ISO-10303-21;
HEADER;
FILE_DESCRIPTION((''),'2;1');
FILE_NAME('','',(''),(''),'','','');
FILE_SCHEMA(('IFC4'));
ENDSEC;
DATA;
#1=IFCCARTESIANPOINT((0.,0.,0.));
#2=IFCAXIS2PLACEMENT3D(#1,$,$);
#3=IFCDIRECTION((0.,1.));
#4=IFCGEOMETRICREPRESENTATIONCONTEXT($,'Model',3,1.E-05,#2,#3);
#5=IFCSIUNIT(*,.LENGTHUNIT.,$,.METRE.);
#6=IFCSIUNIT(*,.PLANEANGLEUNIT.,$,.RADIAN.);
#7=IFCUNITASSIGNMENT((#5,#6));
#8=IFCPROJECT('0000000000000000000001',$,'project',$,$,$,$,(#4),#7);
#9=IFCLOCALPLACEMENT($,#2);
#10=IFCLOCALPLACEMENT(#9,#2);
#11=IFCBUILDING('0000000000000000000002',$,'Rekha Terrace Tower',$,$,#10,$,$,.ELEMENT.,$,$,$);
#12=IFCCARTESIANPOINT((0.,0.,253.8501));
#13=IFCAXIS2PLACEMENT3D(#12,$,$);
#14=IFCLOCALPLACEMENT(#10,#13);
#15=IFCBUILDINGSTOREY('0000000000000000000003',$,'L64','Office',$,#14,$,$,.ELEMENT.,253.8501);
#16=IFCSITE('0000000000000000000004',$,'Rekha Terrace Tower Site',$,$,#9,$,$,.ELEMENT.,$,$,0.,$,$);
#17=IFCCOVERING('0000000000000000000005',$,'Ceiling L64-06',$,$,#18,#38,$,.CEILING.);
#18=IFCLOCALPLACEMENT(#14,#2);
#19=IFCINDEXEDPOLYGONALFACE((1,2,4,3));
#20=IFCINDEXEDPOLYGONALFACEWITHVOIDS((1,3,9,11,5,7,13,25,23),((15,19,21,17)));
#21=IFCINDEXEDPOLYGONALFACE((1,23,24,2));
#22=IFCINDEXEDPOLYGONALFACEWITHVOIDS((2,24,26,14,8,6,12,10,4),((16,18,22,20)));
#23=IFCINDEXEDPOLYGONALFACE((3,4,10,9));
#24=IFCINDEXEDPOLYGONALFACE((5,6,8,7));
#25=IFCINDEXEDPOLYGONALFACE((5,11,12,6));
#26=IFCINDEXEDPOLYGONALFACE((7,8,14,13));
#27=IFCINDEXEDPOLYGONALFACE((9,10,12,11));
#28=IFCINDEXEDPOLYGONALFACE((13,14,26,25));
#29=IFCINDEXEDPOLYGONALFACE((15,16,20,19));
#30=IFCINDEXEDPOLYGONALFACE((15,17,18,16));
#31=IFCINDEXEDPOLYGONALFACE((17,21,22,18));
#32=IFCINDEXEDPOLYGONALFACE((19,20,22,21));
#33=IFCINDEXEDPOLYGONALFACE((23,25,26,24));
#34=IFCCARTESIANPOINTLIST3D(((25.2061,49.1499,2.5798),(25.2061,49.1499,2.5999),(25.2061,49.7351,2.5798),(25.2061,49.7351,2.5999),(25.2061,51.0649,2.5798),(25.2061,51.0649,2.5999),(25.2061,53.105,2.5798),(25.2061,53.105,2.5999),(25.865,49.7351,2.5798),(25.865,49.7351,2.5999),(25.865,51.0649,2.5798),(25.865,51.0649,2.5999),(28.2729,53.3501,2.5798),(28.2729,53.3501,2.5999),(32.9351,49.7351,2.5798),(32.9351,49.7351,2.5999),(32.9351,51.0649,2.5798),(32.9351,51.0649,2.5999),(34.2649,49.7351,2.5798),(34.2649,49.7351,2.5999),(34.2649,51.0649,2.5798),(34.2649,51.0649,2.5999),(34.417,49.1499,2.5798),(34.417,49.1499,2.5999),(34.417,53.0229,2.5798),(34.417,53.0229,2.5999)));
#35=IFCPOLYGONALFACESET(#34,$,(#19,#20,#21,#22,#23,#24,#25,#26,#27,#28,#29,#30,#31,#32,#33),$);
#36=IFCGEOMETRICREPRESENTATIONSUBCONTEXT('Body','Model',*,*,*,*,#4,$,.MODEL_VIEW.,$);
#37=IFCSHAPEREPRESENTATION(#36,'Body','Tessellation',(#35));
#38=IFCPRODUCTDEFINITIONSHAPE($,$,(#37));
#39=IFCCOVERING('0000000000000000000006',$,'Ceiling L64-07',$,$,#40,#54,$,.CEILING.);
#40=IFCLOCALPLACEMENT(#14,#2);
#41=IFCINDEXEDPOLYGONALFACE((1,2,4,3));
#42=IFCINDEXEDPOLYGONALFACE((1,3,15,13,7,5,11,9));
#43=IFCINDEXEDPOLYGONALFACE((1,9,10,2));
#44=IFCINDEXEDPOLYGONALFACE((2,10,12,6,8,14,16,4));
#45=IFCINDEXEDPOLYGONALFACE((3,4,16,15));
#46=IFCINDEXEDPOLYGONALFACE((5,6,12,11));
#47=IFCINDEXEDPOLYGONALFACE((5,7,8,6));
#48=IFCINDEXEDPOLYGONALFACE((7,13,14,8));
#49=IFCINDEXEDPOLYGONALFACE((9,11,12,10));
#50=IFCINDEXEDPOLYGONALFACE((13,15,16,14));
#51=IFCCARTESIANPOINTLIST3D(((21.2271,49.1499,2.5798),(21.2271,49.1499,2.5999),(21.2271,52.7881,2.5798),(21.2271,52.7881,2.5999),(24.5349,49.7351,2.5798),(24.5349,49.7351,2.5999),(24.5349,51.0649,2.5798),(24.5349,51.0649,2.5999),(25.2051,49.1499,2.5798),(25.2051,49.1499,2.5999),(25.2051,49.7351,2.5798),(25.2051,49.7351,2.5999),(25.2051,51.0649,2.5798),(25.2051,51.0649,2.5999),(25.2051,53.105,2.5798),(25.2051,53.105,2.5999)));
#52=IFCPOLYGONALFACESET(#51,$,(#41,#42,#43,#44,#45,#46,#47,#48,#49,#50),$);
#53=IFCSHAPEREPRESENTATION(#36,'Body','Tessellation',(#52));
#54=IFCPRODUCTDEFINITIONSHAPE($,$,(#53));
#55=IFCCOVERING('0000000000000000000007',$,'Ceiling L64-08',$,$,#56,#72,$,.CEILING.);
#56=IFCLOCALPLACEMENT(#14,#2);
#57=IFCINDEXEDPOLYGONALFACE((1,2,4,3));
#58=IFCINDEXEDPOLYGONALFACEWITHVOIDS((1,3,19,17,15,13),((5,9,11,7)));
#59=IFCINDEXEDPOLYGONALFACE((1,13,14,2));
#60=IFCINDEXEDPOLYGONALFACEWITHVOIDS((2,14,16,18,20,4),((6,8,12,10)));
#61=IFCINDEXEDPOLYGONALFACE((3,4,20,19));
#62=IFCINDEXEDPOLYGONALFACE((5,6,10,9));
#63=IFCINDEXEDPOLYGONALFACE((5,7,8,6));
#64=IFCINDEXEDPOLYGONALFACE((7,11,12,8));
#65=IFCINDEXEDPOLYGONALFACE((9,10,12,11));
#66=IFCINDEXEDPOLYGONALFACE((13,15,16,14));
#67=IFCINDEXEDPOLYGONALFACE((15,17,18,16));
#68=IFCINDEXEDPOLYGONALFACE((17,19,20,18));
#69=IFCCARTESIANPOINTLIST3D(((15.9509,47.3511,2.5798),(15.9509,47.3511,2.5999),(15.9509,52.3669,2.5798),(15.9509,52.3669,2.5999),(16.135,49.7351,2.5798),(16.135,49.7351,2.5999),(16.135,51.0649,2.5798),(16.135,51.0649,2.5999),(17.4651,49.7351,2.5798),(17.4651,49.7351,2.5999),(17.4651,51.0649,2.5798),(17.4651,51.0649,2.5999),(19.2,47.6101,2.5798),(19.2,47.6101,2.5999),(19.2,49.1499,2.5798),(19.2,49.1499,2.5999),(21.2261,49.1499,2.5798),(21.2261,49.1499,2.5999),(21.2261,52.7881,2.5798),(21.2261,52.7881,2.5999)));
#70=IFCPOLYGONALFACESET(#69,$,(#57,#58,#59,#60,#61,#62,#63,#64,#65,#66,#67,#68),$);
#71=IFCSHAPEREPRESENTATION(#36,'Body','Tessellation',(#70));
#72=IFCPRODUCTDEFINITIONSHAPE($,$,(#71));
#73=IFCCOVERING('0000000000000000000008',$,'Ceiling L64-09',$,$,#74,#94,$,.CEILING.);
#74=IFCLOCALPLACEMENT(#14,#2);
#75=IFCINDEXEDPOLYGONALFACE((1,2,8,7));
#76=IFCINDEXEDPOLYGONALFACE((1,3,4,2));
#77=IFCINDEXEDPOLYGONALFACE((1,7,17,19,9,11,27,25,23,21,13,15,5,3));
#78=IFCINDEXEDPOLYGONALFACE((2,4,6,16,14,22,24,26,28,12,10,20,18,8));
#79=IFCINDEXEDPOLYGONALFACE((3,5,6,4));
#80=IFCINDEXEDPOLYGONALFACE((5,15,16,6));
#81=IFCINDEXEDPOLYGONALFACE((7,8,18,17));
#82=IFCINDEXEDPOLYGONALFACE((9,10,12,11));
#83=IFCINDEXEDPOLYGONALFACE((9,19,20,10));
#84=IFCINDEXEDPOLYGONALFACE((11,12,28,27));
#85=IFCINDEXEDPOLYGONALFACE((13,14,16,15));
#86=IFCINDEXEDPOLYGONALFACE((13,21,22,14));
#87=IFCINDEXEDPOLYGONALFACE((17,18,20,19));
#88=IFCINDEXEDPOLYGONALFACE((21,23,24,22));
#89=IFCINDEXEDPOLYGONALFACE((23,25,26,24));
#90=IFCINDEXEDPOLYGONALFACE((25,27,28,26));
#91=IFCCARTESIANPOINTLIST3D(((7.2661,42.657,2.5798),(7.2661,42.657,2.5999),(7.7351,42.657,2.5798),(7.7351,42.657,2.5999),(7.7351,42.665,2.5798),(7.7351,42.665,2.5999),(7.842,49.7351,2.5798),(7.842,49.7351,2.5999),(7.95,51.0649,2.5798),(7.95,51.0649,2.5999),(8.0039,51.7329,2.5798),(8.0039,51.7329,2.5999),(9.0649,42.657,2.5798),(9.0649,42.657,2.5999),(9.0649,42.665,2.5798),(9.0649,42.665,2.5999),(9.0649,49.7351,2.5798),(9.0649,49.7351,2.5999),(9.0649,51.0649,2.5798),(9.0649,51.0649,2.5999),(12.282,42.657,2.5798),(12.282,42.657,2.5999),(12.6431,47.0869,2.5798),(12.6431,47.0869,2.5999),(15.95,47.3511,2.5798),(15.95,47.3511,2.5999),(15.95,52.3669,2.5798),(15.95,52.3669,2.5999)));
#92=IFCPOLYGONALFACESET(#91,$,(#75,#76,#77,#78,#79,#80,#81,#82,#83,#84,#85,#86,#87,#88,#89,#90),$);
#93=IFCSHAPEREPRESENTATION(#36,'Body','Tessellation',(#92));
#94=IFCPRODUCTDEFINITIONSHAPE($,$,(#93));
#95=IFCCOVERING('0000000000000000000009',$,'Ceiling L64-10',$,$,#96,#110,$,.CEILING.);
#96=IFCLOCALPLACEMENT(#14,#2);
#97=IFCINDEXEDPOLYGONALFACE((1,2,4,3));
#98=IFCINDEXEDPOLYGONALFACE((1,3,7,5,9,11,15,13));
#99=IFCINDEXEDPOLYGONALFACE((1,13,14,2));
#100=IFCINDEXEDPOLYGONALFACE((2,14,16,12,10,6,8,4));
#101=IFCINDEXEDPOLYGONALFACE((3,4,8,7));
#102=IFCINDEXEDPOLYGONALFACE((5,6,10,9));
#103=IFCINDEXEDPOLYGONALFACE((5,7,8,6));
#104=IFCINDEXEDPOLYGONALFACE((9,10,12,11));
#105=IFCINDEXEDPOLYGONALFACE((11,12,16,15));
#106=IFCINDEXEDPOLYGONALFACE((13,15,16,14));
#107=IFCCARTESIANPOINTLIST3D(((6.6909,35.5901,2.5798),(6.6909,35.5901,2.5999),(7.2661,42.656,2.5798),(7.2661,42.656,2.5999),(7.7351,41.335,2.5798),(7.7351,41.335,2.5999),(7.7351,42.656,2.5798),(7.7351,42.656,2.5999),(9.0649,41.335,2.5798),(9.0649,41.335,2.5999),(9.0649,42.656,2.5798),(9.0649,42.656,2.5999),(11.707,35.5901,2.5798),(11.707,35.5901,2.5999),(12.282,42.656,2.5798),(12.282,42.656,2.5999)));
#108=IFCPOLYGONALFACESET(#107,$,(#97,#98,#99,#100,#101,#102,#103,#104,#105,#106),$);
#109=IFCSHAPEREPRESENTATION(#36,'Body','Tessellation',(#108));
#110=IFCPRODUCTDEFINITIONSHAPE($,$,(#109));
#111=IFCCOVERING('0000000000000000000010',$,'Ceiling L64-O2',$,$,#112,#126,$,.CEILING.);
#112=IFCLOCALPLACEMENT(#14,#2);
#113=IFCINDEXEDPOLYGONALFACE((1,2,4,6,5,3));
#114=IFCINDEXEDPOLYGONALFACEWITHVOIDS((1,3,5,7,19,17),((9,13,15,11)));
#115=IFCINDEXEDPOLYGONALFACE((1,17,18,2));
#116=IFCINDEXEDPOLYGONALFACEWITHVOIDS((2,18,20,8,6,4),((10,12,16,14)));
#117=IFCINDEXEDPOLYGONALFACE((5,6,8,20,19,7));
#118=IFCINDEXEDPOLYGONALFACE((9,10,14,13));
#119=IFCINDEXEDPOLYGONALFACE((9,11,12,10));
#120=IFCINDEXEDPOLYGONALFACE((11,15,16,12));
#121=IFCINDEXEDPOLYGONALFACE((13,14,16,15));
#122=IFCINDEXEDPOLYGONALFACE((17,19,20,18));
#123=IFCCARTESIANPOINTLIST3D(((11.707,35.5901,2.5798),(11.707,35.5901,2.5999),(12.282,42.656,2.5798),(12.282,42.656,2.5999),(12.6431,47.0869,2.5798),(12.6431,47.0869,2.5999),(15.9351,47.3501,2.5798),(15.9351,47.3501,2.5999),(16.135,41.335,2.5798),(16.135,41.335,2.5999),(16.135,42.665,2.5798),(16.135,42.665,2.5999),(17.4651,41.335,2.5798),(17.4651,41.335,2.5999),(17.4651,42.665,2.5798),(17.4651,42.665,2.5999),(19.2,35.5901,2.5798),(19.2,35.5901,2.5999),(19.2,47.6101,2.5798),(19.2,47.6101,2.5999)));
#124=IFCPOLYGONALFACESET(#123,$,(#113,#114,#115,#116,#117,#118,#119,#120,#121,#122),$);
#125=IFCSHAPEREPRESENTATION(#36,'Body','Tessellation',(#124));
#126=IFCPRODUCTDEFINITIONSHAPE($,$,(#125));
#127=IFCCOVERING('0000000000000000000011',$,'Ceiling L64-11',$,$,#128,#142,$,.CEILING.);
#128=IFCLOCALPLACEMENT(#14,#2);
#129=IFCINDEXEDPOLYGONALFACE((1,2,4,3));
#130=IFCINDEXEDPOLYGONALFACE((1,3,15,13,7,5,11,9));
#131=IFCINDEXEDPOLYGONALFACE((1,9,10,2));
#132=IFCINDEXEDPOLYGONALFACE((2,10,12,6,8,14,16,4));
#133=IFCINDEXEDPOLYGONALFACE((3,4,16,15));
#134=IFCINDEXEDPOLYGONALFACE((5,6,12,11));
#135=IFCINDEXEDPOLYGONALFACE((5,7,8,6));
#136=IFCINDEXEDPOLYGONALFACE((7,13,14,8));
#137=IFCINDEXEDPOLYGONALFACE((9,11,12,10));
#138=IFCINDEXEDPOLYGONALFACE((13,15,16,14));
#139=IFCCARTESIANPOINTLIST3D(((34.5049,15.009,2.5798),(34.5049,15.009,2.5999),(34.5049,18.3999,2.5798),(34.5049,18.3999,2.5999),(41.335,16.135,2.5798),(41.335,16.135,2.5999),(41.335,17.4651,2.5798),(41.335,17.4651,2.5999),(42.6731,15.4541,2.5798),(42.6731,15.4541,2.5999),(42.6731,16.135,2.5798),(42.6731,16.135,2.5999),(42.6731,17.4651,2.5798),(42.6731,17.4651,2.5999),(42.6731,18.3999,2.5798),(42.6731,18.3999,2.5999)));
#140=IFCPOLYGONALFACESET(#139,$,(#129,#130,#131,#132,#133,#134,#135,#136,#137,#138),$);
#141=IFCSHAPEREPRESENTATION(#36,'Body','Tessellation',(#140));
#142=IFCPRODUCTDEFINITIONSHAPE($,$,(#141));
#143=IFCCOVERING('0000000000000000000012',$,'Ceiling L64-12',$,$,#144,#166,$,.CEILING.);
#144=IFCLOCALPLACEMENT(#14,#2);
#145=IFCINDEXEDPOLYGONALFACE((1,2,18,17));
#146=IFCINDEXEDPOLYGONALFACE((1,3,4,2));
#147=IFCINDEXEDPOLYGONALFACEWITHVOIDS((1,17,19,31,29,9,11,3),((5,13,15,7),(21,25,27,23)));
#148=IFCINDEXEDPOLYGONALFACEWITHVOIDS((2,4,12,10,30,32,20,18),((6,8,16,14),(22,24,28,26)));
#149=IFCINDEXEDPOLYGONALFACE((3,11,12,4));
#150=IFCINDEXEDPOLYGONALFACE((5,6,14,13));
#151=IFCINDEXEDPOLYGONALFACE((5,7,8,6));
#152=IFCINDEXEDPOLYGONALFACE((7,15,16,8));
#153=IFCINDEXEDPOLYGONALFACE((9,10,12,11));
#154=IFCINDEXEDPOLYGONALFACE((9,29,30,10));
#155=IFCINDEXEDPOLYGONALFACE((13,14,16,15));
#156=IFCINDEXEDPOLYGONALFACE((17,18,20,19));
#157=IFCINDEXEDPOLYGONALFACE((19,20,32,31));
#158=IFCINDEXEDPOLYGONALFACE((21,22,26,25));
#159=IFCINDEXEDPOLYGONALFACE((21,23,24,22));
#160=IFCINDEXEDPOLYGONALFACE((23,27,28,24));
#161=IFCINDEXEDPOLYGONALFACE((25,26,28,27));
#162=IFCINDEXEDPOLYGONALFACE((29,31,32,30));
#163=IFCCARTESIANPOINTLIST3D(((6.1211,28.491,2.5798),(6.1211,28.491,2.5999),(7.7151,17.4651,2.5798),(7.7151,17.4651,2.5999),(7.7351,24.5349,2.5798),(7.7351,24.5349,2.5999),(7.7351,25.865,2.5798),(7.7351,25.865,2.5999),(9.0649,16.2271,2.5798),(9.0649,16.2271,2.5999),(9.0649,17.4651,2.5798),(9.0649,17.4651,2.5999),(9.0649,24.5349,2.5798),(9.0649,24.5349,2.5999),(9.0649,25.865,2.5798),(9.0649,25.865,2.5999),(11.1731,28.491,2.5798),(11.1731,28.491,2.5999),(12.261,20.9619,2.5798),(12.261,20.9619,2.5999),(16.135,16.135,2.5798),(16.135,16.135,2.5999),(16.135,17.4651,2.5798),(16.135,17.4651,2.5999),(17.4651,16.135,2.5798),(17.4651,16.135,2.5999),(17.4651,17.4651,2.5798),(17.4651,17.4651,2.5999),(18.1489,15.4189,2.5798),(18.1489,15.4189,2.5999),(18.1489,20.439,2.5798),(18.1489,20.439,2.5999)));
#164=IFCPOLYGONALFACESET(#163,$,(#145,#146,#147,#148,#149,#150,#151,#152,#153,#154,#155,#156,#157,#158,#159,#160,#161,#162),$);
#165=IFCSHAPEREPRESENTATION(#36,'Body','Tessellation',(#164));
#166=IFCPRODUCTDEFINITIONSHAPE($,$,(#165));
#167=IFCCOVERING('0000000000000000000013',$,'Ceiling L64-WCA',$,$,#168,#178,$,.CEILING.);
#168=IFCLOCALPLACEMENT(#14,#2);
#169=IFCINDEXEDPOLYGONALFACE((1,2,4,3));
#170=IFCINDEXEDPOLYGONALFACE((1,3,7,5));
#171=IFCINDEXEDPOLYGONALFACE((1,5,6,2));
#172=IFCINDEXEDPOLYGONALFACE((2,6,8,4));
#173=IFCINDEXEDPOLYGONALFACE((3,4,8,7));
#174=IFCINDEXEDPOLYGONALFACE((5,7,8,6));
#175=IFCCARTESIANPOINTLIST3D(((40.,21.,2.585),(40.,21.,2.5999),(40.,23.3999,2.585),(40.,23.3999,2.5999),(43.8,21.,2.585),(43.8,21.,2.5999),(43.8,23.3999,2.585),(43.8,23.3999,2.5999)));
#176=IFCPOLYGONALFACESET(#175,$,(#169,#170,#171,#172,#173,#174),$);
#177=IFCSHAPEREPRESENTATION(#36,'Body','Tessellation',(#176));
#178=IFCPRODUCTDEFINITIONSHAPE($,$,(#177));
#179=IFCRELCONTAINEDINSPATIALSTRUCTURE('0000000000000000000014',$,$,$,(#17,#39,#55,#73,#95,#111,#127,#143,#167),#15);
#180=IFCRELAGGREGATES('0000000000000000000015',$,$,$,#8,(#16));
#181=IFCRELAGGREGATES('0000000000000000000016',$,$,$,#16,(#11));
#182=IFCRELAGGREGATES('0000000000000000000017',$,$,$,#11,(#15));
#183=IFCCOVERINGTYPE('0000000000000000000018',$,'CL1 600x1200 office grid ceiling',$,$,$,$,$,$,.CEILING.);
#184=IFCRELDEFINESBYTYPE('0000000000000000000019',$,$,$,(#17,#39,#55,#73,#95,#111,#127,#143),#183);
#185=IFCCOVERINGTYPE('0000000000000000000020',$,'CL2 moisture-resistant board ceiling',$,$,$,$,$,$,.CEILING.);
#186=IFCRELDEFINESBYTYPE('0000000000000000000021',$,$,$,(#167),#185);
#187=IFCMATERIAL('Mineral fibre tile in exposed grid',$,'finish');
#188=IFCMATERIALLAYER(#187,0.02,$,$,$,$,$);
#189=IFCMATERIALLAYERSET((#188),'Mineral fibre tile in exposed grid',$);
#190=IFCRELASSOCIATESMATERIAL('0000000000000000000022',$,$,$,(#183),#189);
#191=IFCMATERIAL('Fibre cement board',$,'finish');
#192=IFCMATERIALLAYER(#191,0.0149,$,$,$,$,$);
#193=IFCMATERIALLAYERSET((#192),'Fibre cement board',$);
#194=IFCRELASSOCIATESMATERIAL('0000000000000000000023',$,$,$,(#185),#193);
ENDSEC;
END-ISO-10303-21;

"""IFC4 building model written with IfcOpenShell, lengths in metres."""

from ifc_helpers import new_model, si_unit, direction, frame, origin, place, context, subcontext, project, spatial, polyline, outline, extrude, material, layer, layer_set, type_object, element, save


model = new_model("IFC4")

# Units and contexts
model_context = context("Model", 3, precision=1e-05, world=origin(), true_north=direction((0.0, 1.0)))
body_context = subcontext(model_context, "Body", "Model", "MODEL_VIEW")
ifc_project = project(units=[si_unit("LENGTHUNIT", "METRE"), si_unit("PLANEANGLEUNIT", "RADIAN")], contexts=[model_context])

# Site, building, storey
site_placement = place(None, origin())
site = spatial("IfcSite", under=ifc_project, at=site_placement, Name="Rekha Terrace Tower Site", CompositionType="ELEMENT", RefElevation=0.0)
building_placement = place(site_placement, origin())
building = spatial("IfcBuilding", under=site, at=building_placement, Name="Rekha Terrace Tower", CompositionType="ELEMENT")
storey_placement = place(building_placement, frame((0.0, 0.0, 253.8501)))
storey = spatial("IfcBuildingStorey", under=building, at=storey_placement, Name="L64", Description="Office", CompositionType="ELEMENT", Elevation=253.8501)

# Coverings
ifc_material_1 = material(Name="Mineral fibre tile in exposed grid", Category="finish")
ifc_layer_1 = layer(ifc_material_1, 0.02)
ifc_layer_set_1 = layer_set([ifc_layer_1], Name="Mineral fibre tile in exposed grid")
covering_type_1 = type_object("IfcCoveringType", Name="CL1 600x1200 office grid ceiling", PredefinedType="CEILING", material=ifc_layer_set_1)
covering_1_placement = place(storey_placement, frame((0.0, 0.0, 2.5798)))
element("IfcCovering", 1, at=covering_1_placement, inside=storey, type_object=covering_type_1, Name="Ceiling L64-06", PredefinedType="CEILING", context=body_context, shape_type="SweptSolid", body=[
    extrude(outline(polyline([(34.417, 53.0229), (28.2729, 53.3501), (25.2061, 53.105), (25.2061, 51.0649), (25.865, 51.0649), (25.865, 49.7351), (25.2061, 49.7351), (25.2061, 49.1499), (34.417, 49.1499), (34.417, 53.0229)]), holes=[polyline([(34.2649, 49.7351), (32.9351, 49.7351), (32.9351, 51.0649), (34.2649, 51.0649), (34.2649, 49.7351)])]), origin(), (0.0, 0.0, 1.0), 0.02),
])
covering_2_placement = place(storey_placement, frame((0.0, 0.0, 2.5798)))
element("IfcCovering", 2, at=covering_2_placement, inside=storey, type_object=covering_type_1, Name="Ceiling L64-07", PredefinedType="CEILING", context=body_context, shape_type="SweptSolid", body=[
    extrude(outline(polyline([(25.2051, 51.0649), (25.2051, 53.105), (21.2271, 52.7881), (21.2271, 49.1499), (25.2051, 49.1499), (25.2051, 49.7351), (24.5349, 49.7351), (24.5349, 51.0649), (25.2051, 51.0649)])), origin(), (0.0, 0.0, 1.0), 0.02),
])
covering_3_placement = place(storey_placement, frame((0.0, 0.0, 2.5798)))
element("IfcCovering", 3, at=covering_3_placement, inside=storey, type_object=covering_type_1, Name="Ceiling L64-08", PredefinedType="CEILING", context=body_context, shape_type="SweptSolid", body=[
    extrude(outline(polyline([(15.9509, 52.3669), (15.9509, 47.3511), (19.2, 47.6101), (19.2, 49.1499), (21.2261, 49.1499), (21.2261, 52.7881), (15.9509, 52.3669)]), holes=[polyline([(17.4651, 49.7351), (16.135, 49.7351), (16.135, 51.0649), (17.4651, 51.0649), (17.4651, 49.7351)])]), origin(), (0.0, 0.0, 1.0), 0.02),
])
covering_4_placement = place(storey_placement, frame((0.0, 0.0, 2.5798)))
element("IfcCovering", 4, at=covering_4_placement, inside=storey, type_object=covering_type_1, Name="Ceiling L64-09", PredefinedType="CEILING", context=body_context, shape_type="SweptSolid", body=[
    extrude(outline(polyline([(7.2661, 42.657), (7.7351, 42.657), (7.7351, 42.665), (9.0649, 42.665), (9.0649, 42.657), (12.282, 42.657), (12.6431, 47.0869), (15.95, 47.3511), (15.95, 52.3669), (8.0039, 51.7329), (7.95, 51.0649), (9.0649, 51.0649), (9.0649, 49.7351), (7.842, 49.7351), (7.2661, 42.657)])), origin(), (0.0, 0.0, 1.0), 0.02),
])
covering_5_placement = place(storey_placement, frame((0.0, 0.0, 2.5798)))
element("IfcCovering", 5, at=covering_5_placement, inside=storey, type_object=covering_type_1, Name="Ceiling L64-10", PredefinedType="CEILING", context=body_context, shape_type="SweptSolid", body=[
    extrude(outline(polyline([(7.7351, 42.656), (7.2661, 42.656), (6.6909, 35.5901), (11.707, 35.5901), (12.282, 42.656), (9.0649, 42.656), (9.0649, 41.335), (7.7351, 41.335), (7.7351, 42.656)])), origin(), (0.0, 0.0, 1.0), 0.02),
])
covering_6_placement = place(storey_placement, frame((0.0, 0.0, 2.5798)))
element("IfcCovering", 6, at=covering_6_placement, inside=storey, type_object=covering_type_1, Name="Ceiling L64-O2", PredefinedType="CEILING", context=body_context, shape_type="SweptSolid", body=[
    extrude(outline(polyline([(12.6431, 47.0869), (12.282, 42.656), (11.707, 35.5901), (19.2, 35.5901), (19.2, 47.6101), (15.9351, 47.3501), (12.6431, 47.0869)]), holes=[polyline([(17.4651, 41.335), (16.135, 41.335), (16.135, 42.665), (17.4651, 42.665), (17.4651, 41.335)])]), origin(), (0.0, 0.0, 1.0), 0.02),
])
covering_7_placement = place(storey_placement, frame((0.0, 0.0, 2.5798)))
element("IfcCovering", 7, at=covering_7_placement, inside=storey, type_object=covering_type_1, Name="Ceiling L64-11", PredefinedType="CEILING", context=body_context, shape_type="SweptSolid", body=[
    extrude(outline(polyline([(34.5049, 18.3999), (34.5049, 15.009), (42.6731, 15.4541), (42.6731, 16.135), (41.335, 16.135), (41.335, 17.4651), (42.6731, 17.4651), (42.6731, 18.3999), (34.5049, 18.3999)])), origin(), (0.0, 0.0, 1.0), 0.02),
])
covering_8_placement = place(storey_placement, frame((0.0, 0.0, 2.5798)))
element("IfcCovering", 8, at=covering_8_placement, inside=storey, type_object=covering_type_1, Name="Ceiling L64-12", PredefinedType="CEILING", context=body_context, shape_type="SweptSolid", body=[
    extrude(outline(polyline([(6.1211, 28.491), (7.7151, 17.4651), (9.0649, 17.4651), (9.0649, 16.2271), (18.1489, 15.4189), (18.1489, 20.439), (12.261, 20.9619), (11.1731, 28.491), (6.1211, 28.491)]), holes=[polyline([(17.4651, 17.4651), (17.4651, 16.135), (16.135, 16.135), (16.135, 17.4651), (17.4651, 17.4651)]), polyline([(9.0649, 25.865), (9.0649, 24.5349), (7.7351, 24.5349), (7.7351, 25.865), (9.0649, 25.865)])]), origin(), (0.0, 0.0, 1.0), 0.02),
])
ifc_material_2 = material(Name="Fibre cement board", Category="finish")
ifc_layer_2 = layer(ifc_material_2, 0.0149)
ifc_layer_set_2 = layer_set([ifc_layer_2], Name="Fibre cement board")
covering_type_2 = type_object("IfcCoveringType", Name="CL2 moisture-resistant board ceiling", PredefinedType="CEILING", material=ifc_layer_set_2)
covering_9_placement = place(storey_placement, frame((0.0, 0.0, 2.585)))
element("IfcCovering", 9, at=covering_9_placement, inside=storey, type_object=covering_type_2, Name="Ceiling L64-WCA", PredefinedType="CEILING", context=body_context, shape_type="SweptSolid", body=[
    extrude(outline(polyline([(43.8, 23.3999), (40.0, 23.3999), (40.0, 21.0), (43.8, 21.0), (43.8, 23.3999)])), origin(), (0.0, 0.0, 1.0), 0.0149),
])

save(model, "model.ifc")
